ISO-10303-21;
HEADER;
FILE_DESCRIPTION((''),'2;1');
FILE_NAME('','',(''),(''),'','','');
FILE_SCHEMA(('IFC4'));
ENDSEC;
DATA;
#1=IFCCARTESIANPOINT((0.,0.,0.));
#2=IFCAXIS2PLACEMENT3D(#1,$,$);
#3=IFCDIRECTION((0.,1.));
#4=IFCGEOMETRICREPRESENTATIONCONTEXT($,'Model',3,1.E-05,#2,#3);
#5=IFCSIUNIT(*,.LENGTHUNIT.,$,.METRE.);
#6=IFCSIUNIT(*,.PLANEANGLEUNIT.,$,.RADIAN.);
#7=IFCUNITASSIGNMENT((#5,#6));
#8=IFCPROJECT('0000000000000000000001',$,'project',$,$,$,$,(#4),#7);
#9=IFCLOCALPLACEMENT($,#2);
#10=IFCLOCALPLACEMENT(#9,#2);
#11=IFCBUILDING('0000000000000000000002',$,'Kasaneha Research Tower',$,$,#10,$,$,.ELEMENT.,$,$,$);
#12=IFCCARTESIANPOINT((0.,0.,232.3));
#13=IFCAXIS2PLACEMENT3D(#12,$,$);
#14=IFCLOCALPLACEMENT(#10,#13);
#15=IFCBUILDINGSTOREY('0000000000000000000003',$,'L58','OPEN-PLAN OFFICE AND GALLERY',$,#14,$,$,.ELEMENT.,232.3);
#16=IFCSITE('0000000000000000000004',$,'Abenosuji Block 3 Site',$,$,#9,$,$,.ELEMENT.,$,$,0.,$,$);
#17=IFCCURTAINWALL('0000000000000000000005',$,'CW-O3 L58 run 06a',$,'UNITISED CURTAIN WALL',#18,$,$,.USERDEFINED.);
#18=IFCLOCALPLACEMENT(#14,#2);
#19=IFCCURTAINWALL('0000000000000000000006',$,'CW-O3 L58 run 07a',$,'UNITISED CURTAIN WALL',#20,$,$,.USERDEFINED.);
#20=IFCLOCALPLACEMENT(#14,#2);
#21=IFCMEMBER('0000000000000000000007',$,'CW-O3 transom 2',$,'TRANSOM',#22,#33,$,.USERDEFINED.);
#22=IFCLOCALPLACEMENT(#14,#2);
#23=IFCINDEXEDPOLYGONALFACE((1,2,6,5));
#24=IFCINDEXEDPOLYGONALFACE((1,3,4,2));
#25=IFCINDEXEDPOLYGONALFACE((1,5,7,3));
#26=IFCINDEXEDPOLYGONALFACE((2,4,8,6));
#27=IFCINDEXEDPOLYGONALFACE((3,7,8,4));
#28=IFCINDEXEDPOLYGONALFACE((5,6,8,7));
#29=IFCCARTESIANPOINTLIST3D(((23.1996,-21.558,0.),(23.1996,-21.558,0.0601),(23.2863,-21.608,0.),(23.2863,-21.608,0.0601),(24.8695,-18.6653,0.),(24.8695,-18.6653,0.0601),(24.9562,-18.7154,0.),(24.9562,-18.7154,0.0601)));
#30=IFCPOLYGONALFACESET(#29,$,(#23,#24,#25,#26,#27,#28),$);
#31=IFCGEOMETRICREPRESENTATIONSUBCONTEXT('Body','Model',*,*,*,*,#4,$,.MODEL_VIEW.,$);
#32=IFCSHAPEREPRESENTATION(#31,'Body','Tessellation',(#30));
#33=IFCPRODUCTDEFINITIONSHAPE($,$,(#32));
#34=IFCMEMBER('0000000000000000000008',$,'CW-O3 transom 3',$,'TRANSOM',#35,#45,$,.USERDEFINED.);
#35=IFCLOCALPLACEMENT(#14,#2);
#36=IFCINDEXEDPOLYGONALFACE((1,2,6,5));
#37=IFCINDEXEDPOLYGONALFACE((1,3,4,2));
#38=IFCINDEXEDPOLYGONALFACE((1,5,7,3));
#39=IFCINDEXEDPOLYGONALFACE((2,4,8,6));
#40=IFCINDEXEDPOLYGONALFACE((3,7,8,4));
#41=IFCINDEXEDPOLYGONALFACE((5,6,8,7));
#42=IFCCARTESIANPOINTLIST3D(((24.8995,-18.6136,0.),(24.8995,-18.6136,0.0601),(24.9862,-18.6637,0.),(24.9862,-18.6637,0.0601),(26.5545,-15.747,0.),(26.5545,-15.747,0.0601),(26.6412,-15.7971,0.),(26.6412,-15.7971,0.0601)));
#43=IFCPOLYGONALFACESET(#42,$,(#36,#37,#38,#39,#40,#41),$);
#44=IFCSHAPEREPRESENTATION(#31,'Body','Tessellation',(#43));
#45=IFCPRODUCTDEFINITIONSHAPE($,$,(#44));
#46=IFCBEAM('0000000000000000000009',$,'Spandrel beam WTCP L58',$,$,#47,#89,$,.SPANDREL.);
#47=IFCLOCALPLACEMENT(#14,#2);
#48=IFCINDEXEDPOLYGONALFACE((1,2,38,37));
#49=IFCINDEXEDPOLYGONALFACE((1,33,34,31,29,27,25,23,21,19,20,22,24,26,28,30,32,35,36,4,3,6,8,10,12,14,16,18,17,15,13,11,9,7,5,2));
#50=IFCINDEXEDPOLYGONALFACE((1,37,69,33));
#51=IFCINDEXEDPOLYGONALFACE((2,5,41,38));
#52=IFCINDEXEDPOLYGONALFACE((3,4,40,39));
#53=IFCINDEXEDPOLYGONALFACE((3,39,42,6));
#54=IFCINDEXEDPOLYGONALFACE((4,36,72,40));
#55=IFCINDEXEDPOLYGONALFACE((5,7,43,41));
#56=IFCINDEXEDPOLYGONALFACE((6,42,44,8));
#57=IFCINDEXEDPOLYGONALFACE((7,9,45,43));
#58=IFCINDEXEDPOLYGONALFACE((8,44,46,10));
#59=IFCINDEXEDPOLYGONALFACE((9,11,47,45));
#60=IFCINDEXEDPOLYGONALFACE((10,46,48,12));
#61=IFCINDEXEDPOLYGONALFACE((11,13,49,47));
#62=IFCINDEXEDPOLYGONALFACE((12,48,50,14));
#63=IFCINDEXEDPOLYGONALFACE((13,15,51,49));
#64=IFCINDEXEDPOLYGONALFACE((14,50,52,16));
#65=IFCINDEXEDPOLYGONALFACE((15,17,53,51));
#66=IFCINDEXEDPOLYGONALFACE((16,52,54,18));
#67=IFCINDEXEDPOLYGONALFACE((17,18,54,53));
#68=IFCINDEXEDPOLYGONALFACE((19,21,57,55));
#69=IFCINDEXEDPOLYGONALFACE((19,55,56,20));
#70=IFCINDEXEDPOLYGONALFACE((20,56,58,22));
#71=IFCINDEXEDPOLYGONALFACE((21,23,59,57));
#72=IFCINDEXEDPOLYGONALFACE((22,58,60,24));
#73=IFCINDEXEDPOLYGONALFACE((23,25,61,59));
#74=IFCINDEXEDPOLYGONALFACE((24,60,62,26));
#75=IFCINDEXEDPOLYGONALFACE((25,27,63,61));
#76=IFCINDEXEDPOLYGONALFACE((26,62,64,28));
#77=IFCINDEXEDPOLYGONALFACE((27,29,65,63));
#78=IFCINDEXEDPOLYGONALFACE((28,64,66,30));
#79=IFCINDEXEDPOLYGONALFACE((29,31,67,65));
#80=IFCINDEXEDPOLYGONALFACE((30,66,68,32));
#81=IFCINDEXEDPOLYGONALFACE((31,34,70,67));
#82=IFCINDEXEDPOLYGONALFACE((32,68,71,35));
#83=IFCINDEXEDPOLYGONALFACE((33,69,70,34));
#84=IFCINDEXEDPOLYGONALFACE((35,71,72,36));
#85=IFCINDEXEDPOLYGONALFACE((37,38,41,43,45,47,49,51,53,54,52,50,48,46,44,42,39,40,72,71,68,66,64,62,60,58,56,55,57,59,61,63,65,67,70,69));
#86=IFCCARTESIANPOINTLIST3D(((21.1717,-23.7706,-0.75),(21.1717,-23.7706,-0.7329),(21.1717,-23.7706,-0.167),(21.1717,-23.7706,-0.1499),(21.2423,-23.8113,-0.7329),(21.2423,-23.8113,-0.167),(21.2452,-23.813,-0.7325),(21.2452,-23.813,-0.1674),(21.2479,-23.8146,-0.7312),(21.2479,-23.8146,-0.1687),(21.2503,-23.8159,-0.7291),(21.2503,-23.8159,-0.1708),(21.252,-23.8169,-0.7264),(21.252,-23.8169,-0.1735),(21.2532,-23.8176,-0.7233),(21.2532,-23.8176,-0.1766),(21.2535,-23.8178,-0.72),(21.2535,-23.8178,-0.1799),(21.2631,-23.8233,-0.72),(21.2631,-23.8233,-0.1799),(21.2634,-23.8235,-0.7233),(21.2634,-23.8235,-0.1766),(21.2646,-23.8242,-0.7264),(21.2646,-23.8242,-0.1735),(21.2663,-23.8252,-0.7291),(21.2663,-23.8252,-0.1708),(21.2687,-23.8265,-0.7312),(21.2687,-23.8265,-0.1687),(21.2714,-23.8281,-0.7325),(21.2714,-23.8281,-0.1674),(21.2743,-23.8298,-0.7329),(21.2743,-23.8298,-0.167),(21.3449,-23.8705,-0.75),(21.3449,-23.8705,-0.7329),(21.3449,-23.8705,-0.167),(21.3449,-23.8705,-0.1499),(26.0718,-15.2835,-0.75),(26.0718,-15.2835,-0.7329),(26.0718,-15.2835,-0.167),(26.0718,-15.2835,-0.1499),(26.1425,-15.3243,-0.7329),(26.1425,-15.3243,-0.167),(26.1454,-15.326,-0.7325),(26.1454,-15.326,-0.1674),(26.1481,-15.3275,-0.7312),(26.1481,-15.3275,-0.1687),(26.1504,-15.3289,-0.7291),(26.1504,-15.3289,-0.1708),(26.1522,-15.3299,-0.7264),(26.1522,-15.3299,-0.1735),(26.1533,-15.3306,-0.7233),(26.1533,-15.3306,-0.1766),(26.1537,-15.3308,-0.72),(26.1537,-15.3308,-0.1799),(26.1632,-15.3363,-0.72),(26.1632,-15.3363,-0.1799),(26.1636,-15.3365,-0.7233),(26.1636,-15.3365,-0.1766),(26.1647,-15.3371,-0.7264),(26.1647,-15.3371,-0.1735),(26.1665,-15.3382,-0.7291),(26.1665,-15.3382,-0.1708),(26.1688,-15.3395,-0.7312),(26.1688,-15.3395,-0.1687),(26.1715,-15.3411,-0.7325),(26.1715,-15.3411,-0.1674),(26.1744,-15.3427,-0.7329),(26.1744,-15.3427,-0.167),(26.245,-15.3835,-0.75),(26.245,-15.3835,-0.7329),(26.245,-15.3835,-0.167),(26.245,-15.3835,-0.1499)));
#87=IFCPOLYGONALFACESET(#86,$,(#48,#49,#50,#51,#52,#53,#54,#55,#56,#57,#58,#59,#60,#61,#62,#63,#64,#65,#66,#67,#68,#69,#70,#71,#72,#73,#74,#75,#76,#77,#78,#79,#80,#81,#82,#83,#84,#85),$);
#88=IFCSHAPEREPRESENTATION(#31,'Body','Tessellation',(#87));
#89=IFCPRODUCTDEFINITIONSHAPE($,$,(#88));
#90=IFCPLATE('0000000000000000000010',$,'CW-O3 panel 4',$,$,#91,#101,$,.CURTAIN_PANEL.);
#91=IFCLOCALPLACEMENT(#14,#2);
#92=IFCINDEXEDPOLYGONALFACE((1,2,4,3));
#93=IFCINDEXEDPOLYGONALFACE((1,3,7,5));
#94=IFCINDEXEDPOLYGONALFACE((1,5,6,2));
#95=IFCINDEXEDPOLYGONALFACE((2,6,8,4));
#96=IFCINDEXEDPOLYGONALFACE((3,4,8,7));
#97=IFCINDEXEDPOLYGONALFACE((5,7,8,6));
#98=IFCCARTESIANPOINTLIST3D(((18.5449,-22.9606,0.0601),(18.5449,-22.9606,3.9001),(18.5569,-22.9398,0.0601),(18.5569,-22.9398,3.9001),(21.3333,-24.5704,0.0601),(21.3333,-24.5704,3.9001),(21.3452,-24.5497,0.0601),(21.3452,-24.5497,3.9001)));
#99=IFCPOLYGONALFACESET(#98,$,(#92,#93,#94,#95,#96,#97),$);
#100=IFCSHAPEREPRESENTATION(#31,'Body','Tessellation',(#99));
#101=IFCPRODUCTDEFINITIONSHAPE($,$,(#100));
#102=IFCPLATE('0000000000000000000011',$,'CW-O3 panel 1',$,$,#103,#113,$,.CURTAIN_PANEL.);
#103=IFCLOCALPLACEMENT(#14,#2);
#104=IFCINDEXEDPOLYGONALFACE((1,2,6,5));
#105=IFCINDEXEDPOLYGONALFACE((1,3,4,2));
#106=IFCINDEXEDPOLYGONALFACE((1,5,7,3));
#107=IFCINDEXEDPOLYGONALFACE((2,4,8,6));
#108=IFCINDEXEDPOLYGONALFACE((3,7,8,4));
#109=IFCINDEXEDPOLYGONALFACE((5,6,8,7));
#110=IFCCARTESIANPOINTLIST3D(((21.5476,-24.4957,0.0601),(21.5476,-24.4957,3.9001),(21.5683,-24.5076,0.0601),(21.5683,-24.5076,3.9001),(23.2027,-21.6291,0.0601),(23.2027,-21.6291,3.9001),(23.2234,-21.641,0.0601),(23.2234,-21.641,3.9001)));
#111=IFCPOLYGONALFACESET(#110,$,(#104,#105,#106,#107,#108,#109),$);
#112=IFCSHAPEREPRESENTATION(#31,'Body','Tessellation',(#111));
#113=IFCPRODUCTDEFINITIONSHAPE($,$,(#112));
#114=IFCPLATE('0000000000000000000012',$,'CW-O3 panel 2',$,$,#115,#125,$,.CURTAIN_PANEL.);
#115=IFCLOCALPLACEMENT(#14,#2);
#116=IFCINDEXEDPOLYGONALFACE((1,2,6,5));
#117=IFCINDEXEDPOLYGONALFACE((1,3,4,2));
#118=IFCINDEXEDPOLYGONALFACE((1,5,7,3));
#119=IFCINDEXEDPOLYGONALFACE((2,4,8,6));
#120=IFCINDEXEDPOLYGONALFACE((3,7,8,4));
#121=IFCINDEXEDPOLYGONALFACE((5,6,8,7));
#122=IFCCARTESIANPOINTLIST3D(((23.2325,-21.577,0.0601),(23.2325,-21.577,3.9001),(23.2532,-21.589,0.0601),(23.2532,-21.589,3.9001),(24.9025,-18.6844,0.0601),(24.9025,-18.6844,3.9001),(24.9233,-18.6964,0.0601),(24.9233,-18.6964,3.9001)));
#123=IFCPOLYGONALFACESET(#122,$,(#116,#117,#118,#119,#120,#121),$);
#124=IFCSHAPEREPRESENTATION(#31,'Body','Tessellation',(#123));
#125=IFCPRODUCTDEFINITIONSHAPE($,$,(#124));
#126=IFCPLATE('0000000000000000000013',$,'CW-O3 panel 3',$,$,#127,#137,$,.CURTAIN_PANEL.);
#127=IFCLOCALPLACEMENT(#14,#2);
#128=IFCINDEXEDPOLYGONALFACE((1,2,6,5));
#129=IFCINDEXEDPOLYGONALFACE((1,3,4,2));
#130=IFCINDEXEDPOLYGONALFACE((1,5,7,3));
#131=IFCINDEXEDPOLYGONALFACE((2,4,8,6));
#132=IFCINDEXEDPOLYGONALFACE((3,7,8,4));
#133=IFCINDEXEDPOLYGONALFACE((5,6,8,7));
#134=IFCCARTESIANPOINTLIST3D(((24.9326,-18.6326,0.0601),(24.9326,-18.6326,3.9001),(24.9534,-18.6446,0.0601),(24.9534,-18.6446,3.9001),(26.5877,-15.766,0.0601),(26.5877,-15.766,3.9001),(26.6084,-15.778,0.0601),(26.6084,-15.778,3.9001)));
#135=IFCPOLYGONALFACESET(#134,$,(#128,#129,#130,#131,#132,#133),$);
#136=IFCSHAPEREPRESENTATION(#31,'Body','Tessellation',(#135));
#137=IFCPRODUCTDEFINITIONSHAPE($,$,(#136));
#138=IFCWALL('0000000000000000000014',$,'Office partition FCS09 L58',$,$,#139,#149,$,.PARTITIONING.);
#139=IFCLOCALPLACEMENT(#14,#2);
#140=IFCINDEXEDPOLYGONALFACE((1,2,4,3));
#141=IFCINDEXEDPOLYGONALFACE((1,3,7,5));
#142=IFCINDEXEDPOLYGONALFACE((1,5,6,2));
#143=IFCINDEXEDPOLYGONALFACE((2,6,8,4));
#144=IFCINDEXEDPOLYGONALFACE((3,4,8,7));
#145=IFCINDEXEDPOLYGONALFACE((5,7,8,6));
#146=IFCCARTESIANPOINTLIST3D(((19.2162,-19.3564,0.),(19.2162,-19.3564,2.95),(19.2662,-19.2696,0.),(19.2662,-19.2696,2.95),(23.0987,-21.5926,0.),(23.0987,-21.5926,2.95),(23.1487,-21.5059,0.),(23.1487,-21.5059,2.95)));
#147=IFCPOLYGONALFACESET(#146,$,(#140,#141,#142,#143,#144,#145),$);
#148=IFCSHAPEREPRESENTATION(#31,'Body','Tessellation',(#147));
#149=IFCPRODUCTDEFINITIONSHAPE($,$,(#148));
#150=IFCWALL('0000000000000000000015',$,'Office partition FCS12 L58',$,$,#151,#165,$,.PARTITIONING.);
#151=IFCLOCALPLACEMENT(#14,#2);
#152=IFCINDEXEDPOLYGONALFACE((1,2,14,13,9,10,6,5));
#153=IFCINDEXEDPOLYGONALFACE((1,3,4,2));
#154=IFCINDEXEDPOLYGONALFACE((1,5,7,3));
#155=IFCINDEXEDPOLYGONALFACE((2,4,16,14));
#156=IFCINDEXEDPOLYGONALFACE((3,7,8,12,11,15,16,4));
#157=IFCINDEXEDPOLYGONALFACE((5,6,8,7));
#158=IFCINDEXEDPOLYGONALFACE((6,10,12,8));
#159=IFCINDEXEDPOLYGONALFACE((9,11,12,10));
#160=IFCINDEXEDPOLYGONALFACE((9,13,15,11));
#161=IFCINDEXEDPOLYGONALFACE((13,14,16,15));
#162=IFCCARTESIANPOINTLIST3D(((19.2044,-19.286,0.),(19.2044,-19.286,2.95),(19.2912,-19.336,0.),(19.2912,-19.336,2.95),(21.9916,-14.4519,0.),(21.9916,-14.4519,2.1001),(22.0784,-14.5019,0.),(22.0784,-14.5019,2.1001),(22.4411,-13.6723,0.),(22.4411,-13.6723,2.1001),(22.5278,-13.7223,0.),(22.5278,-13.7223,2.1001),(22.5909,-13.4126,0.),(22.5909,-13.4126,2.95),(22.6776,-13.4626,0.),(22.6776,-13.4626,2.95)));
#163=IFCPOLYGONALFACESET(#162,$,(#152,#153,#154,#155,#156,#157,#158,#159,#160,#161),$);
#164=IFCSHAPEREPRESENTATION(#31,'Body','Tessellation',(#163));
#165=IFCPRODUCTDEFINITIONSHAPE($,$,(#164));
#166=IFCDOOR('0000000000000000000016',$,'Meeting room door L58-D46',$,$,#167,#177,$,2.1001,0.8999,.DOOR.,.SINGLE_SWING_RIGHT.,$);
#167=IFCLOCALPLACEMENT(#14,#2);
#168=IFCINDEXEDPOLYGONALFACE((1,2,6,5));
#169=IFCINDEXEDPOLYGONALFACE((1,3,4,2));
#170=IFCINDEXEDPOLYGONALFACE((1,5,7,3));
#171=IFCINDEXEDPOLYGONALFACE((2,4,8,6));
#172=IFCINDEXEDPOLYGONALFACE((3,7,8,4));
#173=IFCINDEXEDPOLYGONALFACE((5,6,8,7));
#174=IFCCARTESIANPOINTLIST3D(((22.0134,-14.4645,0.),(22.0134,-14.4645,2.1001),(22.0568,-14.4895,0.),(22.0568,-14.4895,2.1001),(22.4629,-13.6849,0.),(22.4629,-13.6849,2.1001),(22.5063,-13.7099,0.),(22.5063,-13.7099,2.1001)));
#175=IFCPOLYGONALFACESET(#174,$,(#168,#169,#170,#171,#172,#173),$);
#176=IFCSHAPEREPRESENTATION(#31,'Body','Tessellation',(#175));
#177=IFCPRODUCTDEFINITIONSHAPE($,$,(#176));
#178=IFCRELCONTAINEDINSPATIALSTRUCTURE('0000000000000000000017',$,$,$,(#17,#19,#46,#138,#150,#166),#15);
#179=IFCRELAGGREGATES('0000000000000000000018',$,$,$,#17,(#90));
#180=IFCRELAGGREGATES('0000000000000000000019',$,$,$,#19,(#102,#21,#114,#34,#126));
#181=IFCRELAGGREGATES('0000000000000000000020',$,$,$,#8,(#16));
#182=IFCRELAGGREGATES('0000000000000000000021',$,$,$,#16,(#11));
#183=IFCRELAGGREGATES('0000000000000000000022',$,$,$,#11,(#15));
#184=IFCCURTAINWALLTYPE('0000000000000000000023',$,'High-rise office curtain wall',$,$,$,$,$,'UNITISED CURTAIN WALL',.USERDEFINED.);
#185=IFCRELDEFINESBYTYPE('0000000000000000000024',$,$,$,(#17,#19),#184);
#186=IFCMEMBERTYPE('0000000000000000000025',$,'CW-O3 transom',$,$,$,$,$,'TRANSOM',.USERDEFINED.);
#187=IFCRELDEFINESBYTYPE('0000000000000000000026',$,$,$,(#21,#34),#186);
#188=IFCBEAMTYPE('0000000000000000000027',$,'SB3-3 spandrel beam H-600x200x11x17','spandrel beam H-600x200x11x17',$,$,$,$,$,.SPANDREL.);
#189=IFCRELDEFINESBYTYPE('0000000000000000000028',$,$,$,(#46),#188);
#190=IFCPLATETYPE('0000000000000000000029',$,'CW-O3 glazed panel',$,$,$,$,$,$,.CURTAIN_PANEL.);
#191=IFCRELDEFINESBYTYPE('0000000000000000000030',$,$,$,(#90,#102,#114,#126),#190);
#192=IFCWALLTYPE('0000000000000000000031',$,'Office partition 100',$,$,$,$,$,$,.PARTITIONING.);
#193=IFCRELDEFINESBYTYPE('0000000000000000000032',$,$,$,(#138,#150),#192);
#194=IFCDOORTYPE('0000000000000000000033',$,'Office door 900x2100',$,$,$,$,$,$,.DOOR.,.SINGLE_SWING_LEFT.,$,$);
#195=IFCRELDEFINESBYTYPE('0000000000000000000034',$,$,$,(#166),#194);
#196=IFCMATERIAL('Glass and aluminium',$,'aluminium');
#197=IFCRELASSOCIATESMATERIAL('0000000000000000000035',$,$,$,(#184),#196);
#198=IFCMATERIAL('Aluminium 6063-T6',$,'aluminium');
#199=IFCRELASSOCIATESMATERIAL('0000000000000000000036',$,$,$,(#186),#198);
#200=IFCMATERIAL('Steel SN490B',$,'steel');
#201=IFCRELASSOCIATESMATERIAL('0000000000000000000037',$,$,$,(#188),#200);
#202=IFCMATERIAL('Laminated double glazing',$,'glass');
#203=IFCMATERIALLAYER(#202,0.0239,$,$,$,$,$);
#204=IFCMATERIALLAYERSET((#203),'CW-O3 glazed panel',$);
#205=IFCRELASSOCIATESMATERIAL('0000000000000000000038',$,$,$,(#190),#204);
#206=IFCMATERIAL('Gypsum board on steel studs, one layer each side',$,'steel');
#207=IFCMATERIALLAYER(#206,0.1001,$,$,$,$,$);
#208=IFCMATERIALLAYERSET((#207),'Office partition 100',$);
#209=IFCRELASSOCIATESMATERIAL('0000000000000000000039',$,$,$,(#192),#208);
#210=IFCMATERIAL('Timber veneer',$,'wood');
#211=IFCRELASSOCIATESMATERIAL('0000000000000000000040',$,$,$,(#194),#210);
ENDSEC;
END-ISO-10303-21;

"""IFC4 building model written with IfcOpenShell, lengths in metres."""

from ifc_helpers import new_model, si_unit, direction, frame, frame_2d, origin, origin_2d, place, context, subcontext, project, spatial, rectangle, i_section, extrude, material, layer, layer_set, material_profile, profile_set, type_object, element, fill, aggregate, save


model = new_model("IFC4")

# Units and contexts
model_context = context("Model", 3, precision=1e-05, world=origin(), true_north=direction((0.0, 1.0)))
body_context = subcontext(model_context, "Body", "Model", "MODEL_VIEW")
ifc_project = project(units=[si_unit("LENGTHUNIT", "METRE"), si_unit("PLANEANGLEUNIT", "RADIAN")], contexts=[model_context])

# Site, building, storey
site_placement = place(None, origin())
site = spatial("IfcSite", under=ifc_project, at=site_placement, Name="Abenosuji Block 3 Site", CompositionType="ELEMENT", RefElevation=0.0)
building_placement = place(site_placement, origin())
building = spatial("IfcBuilding", under=site, at=building_placement, Name="Kasaneha Research Tower", CompositionType="ELEMENT")
storey_placement = place(building_placement, frame((0.0, 0.0, 232.3)))
storey = spatial("IfcBuildingStorey", under=building, at=storey_placement, Name="L58", Description="OPEN-PLAN OFFICE AND GALLERY", CompositionType="ELEMENT", Elevation=232.3)

# Curtain walls
ifc_material_1 = material(Name="Glass and aluminium", Category="aluminium")
curtain_wall_type = type_object("IfcCurtainWallType", Name="High-rise office curtain wall", ElementType="UNITISED CURTAIN WALL", PredefinedType="USERDEFINED", material=ifc_material_1)
curtain_wall_1_placement = place(storey_placement, origin())
curtain_wall_1 = element("IfcCurtainWall", 1, at=curtain_wall_1_placement, inside=storey, type_object=curtain_wall_type, Name="CW-O3 L58 run 06a", ObjectType="UNITISED CURTAIN WALL", PredefinedType="USERDEFINED")
curtain_wall_2_placement = place(storey_placement, origin())
curtain_wall_2 = element("IfcCurtainWall", 2, at=curtain_wall_2_placement, inside=storey, type_object=curtain_wall_type, Name="CW-O3 L58 run 07a", ObjectType="UNITISED CURTAIN WALL", PredefinedType="USERDEFINED")

# Members
ifc_material_2 = material(Name="Aluminium 6063-T6", Category="aluminium")
ifc_material_profile_1 = material_profile(ifc_material_2, rectangle(XDim=0.1001, YDim=0.0601, at=origin_2d()), Name="CW-O3 transom 100x60")
ifc_profile_set_1 = profile_set([ifc_material_profile_1], Name="Aluminium 6063-T6")
member_type_1 = type_object("IfcMemberType", Name="CW-O3 transom", ElementType="TRANSOM", PredefinedType="USERDEFINED", material=ifc_profile_set_1)
member_1_placement = place(storey_placement, frame((23.2429, -21.583, 0.03), z_axis=(0.499976, 0.86604, 0.0), x_axis=(-0.86604, 0.499976, 0.0)))
member_1 = element("IfcMember", 3, at=member_1_placement, type_object=member_type_1, Name="CW-O3 transom 2", ObjectType="TRANSOM", PredefinedType="USERDEFINED", context=body_context, shape_type="SweptSolid", body=[
    extrude(rectangle(XDim=0.1001, YDim=0.0601, at=origin_2d()), origin(), (0.0, 0.0, 1.0), 3.3401),
])
member_2_placement = place(storey_placement, frame((24.9429, -18.6387, 0.03), z_axis=(0.499986, 0.866033, 0.0), x_axis=(-0.866033, 0.499986, 0.0)))
member_2 = element("IfcMember", 4, at=member_2_placement, type_object=member_type_1, Name="CW-O3 transom 3", ObjectType="TRANSOM", PredefinedType="USERDEFINED", context=body_context, shape_type="SweptSolid", body=[
    extrude(rectangle(XDim=0.1001, YDim=0.0601, at=origin_2d()), origin(), (0.0, 0.0, 1.0), 3.3101),
])

# Beam
ifc_material_3 = material(Name="Steel SN490B", Category="steel")
ifc_material_profile_2 = material_profile(ifc_material_3, i_section(OverallWidth=0.2, OverallDepth=0.6001, WebThickness=0.011, FlangeThickness=0.0171, FilletRadius=0.0129, at=origin_2d()), Name="H-600x200x11x17")
ifc_profile_set_2 = profile_set([ifc_material_profile_2], Name="Steel SN490B")
beam_type_1 = type_object("IfcBeamType", Name="SB3-3 spandrel beam H-600x200x11x17", Description="spandrel beam H-600x200x11x17", PredefinedType="SPANDREL", material=ifc_profile_set_2)
beam_1_placement = place(storey_placement, frame((21.2583, -23.8206, -0.45), z_axis=(0.500011, 0.866019, 0.0), x_axis=(-0.866019, 0.500011, 0.0)))
element("IfcBeam", 5, at=beam_1_placement, inside=storey, type_object=beam_type_1, Name="Spandrel beam WTCP L58", PredefinedType="SPANDREL", context=body_context, shape_type="SweptSolid", body=[
    extrude(i_section(OverallWidth=0.2, OverallDepth=0.6001, WebThickness=0.011, FlangeThickness=0.0171, FilletRadius=0.0129, at=origin_2d()), origin(), (0.0, 0.0, 1.0), 9.8),
])

# Plates
ifc_material_4 = material(Name="Laminated double glazing", Category="glass")
ifc_layer_1 = layer(ifc_material_4, 0.0239)
ifc_layer_set_1 = layer_set([ifc_layer_1], Name="CW-O3 glazed panel")
plate_type = type_object("IfcPlateType", Name="CW-O3 glazed panel", PredefinedType="CURTAIN_PANEL", material=ifc_layer_set_1)
plate_1_placement = place(storey_placement, frame((19.9451, -23.7551, 0.0601), z_axis=(0.0, 0.0, 1.0), x_axis=(0.866025, -0.5, 0.0)))
plate_1 = element("IfcPlate", 6, at=plate_1_placement, type_object=plate_type, Name="CW-O3 panel 4", PredefinedType="CURTAIN_PANEL", context=body_context, shape_type="SweptSolid", body=[
    extrude(rectangle(XDim=3.2197, YDim=0.0239, at=origin_2d()), origin(), (0.0, 0.0, 1.0), 3.8401),
])
aggregate(curtain_wall_1, [plate_1])
plate_2_placement = place(storey_placement, frame((22.3855, -23.0684, 0.0601), z_axis=(0.0, 0.0, 1.0), x_axis=(0.5, 0.866025, 0.0)))
plate_2 = element("IfcPlate", 7, at=plate_2_placement, type_object=plate_type, Name="CW-O3 panel 1", PredefinedType="CURTAIN_PANEL", context=body_context, shape_type="SweptSolid", body=[
    extrude(rectangle(XDim=3.3101, YDim=0.0239, at=origin_2d()), origin(), (0.0, 0.0, 1.0), 3.8401),
])
plate_3_placement = place(storey_placement, frame((24.0779, -20.1367, 0.0601), z_axis=(0.0, 0.0, 1.0), x_axis=(0.5, 0.866025, 0.0)))
plate_3 = element("IfcPlate", 8, at=plate_3_placement, type_object=plate_type, Name="CW-O3 panel 2", PredefinedType="CURTAIN_PANEL", context=body_context, shape_type="SweptSolid", body=[
    extrude(rectangle(XDim=3.3401, YDim=0.0239, at=origin_2d()), origin(), (0.0, 0.0, 1.0), 3.8401),
])
plate_4_placement = place(storey_placement, frame((25.7705, -17.2053, 0.0601), z_axis=(0.0, 0.0, 1.0), x_axis=(0.5, 0.866025, 0.0)))
plate_4 = element("IfcPlate", 9, at=plate_4_placement, type_object=plate_type, Name="CW-O3 panel 3", PredefinedType="CURTAIN_PANEL", context=body_context, shape_type="SweptSolid", body=[
    extrude(rectangle(XDim=3.3101, YDim=0.0239, at=origin_2d()), origin(), (0.0, 0.0, 1.0), 3.8401),
])
aggregate(curtain_wall_2, [plate_2, member_1, plate_3, member_2, plate_4])

# Wall
ifc_material_5 = material(Name="Gypsum board on steel studs, one layer each side", Category="steel")
ifc_layer_2 = layer(ifc_material_5, 0.1001)
ifc_layer_set_2 = layer_set([ifc_layer_2], Name="Office partition 100")
wall_type = type_object("IfcWallType", Name="Office partition 100", PredefinedType="PARTITIONING", material=ifc_layer_set_2)
wall_1_placement = place(storey_placement, frame((19.2412, -19.313, 0.0), z_axis=(0.0, 0.0, 1.0), x_axis=(0.866535, -0.499117, 0.0)))
element("IfcWall", 10, at=wall_1_placement, inside=storey, type_object=wall_type, Name="Office partition FCS09 L58", PredefinedType="PARTITIONING", context=body_context, shape_type="SweptSolid", body=[
    extrude(rectangle(XDim=4.4805, YDim=0.1001, at=frame_2d((2.2402, 0.0))), origin(), (0.0, 0.0, 1.0), 2.95),
])

# Wall, opening, door
wall_2_placement = place(storey_placement, frame((19.2478, -19.311, 0.0), z_axis=(0.0, 0.0, 1.0), x_axis=(0.49949, 0.86632, 0.0)))
wall_2 = element("IfcWall", 11, at=wall_2_placement, inside=storey, type_object=wall_type, Name="Office partition FCS12 L58", PredefinedType="PARTITIONING", context=body_context, shape_type="SweptSolid", body=[
    extrude(rectangle(XDim=6.7798, YDim=0.1001, at=frame_2d((3.3899, 0.0))), origin(), (0.0, 0.0, 1.0), 2.95),
])
opening_placement = place(wall_2_placement, frame((5.5801, 0.0, 0.0)))
opening = element("IfcOpeningElement", 12, at=opening_placement, cuts=wall_2, PredefinedType="OPENING", context=body_context, shape_type="SweptSolid", body=[
    extrude(rectangle(XDim=0.8999, YDim=2.1001, at=frame_2d((0.45, 1.05))), frame((0.0, 0.0601, 0.0), z_axis=(0.0, -1.0, 0.0), x_axis=(1.0, 0.0, 0.0)), (0.0, 0.0, 1.0), 0.1201),
])
ifc_material_6 = material(Name="Timber veneer", Category="wood")
door_type = type_object("IfcDoorType", Name="Office door 900x2100", OperationType="SINGLE_SWING_LEFT", PredefinedType="DOOR", material=ifc_material_6)
door_placement = place(opening_placement, origin())
door = element("IfcDoor", 13, at=door_placement, inside=storey, type_object=door_type, Name="Meeting room door L58-D46", OperationType="SINGLE_SWING_RIGHT", OverallHeight=2.1001, OverallWidth=0.8999, PredefinedType="DOOR", context=body_context, shape_type="SweptSolid", body=[
    extrude(rectangle(XDim=0.8999, YDim=2.1001, at=frame_2d((0.45, 1.05))), frame((0.0, 0.0249, 0.0), z_axis=(0.0, -1.0, 0.0), x_axis=(1.0, 0.0, 0.0)), (0.0, 0.0, 1.0), 0.05),
])
fill(opening, door)

save(model, "model.ifc")
